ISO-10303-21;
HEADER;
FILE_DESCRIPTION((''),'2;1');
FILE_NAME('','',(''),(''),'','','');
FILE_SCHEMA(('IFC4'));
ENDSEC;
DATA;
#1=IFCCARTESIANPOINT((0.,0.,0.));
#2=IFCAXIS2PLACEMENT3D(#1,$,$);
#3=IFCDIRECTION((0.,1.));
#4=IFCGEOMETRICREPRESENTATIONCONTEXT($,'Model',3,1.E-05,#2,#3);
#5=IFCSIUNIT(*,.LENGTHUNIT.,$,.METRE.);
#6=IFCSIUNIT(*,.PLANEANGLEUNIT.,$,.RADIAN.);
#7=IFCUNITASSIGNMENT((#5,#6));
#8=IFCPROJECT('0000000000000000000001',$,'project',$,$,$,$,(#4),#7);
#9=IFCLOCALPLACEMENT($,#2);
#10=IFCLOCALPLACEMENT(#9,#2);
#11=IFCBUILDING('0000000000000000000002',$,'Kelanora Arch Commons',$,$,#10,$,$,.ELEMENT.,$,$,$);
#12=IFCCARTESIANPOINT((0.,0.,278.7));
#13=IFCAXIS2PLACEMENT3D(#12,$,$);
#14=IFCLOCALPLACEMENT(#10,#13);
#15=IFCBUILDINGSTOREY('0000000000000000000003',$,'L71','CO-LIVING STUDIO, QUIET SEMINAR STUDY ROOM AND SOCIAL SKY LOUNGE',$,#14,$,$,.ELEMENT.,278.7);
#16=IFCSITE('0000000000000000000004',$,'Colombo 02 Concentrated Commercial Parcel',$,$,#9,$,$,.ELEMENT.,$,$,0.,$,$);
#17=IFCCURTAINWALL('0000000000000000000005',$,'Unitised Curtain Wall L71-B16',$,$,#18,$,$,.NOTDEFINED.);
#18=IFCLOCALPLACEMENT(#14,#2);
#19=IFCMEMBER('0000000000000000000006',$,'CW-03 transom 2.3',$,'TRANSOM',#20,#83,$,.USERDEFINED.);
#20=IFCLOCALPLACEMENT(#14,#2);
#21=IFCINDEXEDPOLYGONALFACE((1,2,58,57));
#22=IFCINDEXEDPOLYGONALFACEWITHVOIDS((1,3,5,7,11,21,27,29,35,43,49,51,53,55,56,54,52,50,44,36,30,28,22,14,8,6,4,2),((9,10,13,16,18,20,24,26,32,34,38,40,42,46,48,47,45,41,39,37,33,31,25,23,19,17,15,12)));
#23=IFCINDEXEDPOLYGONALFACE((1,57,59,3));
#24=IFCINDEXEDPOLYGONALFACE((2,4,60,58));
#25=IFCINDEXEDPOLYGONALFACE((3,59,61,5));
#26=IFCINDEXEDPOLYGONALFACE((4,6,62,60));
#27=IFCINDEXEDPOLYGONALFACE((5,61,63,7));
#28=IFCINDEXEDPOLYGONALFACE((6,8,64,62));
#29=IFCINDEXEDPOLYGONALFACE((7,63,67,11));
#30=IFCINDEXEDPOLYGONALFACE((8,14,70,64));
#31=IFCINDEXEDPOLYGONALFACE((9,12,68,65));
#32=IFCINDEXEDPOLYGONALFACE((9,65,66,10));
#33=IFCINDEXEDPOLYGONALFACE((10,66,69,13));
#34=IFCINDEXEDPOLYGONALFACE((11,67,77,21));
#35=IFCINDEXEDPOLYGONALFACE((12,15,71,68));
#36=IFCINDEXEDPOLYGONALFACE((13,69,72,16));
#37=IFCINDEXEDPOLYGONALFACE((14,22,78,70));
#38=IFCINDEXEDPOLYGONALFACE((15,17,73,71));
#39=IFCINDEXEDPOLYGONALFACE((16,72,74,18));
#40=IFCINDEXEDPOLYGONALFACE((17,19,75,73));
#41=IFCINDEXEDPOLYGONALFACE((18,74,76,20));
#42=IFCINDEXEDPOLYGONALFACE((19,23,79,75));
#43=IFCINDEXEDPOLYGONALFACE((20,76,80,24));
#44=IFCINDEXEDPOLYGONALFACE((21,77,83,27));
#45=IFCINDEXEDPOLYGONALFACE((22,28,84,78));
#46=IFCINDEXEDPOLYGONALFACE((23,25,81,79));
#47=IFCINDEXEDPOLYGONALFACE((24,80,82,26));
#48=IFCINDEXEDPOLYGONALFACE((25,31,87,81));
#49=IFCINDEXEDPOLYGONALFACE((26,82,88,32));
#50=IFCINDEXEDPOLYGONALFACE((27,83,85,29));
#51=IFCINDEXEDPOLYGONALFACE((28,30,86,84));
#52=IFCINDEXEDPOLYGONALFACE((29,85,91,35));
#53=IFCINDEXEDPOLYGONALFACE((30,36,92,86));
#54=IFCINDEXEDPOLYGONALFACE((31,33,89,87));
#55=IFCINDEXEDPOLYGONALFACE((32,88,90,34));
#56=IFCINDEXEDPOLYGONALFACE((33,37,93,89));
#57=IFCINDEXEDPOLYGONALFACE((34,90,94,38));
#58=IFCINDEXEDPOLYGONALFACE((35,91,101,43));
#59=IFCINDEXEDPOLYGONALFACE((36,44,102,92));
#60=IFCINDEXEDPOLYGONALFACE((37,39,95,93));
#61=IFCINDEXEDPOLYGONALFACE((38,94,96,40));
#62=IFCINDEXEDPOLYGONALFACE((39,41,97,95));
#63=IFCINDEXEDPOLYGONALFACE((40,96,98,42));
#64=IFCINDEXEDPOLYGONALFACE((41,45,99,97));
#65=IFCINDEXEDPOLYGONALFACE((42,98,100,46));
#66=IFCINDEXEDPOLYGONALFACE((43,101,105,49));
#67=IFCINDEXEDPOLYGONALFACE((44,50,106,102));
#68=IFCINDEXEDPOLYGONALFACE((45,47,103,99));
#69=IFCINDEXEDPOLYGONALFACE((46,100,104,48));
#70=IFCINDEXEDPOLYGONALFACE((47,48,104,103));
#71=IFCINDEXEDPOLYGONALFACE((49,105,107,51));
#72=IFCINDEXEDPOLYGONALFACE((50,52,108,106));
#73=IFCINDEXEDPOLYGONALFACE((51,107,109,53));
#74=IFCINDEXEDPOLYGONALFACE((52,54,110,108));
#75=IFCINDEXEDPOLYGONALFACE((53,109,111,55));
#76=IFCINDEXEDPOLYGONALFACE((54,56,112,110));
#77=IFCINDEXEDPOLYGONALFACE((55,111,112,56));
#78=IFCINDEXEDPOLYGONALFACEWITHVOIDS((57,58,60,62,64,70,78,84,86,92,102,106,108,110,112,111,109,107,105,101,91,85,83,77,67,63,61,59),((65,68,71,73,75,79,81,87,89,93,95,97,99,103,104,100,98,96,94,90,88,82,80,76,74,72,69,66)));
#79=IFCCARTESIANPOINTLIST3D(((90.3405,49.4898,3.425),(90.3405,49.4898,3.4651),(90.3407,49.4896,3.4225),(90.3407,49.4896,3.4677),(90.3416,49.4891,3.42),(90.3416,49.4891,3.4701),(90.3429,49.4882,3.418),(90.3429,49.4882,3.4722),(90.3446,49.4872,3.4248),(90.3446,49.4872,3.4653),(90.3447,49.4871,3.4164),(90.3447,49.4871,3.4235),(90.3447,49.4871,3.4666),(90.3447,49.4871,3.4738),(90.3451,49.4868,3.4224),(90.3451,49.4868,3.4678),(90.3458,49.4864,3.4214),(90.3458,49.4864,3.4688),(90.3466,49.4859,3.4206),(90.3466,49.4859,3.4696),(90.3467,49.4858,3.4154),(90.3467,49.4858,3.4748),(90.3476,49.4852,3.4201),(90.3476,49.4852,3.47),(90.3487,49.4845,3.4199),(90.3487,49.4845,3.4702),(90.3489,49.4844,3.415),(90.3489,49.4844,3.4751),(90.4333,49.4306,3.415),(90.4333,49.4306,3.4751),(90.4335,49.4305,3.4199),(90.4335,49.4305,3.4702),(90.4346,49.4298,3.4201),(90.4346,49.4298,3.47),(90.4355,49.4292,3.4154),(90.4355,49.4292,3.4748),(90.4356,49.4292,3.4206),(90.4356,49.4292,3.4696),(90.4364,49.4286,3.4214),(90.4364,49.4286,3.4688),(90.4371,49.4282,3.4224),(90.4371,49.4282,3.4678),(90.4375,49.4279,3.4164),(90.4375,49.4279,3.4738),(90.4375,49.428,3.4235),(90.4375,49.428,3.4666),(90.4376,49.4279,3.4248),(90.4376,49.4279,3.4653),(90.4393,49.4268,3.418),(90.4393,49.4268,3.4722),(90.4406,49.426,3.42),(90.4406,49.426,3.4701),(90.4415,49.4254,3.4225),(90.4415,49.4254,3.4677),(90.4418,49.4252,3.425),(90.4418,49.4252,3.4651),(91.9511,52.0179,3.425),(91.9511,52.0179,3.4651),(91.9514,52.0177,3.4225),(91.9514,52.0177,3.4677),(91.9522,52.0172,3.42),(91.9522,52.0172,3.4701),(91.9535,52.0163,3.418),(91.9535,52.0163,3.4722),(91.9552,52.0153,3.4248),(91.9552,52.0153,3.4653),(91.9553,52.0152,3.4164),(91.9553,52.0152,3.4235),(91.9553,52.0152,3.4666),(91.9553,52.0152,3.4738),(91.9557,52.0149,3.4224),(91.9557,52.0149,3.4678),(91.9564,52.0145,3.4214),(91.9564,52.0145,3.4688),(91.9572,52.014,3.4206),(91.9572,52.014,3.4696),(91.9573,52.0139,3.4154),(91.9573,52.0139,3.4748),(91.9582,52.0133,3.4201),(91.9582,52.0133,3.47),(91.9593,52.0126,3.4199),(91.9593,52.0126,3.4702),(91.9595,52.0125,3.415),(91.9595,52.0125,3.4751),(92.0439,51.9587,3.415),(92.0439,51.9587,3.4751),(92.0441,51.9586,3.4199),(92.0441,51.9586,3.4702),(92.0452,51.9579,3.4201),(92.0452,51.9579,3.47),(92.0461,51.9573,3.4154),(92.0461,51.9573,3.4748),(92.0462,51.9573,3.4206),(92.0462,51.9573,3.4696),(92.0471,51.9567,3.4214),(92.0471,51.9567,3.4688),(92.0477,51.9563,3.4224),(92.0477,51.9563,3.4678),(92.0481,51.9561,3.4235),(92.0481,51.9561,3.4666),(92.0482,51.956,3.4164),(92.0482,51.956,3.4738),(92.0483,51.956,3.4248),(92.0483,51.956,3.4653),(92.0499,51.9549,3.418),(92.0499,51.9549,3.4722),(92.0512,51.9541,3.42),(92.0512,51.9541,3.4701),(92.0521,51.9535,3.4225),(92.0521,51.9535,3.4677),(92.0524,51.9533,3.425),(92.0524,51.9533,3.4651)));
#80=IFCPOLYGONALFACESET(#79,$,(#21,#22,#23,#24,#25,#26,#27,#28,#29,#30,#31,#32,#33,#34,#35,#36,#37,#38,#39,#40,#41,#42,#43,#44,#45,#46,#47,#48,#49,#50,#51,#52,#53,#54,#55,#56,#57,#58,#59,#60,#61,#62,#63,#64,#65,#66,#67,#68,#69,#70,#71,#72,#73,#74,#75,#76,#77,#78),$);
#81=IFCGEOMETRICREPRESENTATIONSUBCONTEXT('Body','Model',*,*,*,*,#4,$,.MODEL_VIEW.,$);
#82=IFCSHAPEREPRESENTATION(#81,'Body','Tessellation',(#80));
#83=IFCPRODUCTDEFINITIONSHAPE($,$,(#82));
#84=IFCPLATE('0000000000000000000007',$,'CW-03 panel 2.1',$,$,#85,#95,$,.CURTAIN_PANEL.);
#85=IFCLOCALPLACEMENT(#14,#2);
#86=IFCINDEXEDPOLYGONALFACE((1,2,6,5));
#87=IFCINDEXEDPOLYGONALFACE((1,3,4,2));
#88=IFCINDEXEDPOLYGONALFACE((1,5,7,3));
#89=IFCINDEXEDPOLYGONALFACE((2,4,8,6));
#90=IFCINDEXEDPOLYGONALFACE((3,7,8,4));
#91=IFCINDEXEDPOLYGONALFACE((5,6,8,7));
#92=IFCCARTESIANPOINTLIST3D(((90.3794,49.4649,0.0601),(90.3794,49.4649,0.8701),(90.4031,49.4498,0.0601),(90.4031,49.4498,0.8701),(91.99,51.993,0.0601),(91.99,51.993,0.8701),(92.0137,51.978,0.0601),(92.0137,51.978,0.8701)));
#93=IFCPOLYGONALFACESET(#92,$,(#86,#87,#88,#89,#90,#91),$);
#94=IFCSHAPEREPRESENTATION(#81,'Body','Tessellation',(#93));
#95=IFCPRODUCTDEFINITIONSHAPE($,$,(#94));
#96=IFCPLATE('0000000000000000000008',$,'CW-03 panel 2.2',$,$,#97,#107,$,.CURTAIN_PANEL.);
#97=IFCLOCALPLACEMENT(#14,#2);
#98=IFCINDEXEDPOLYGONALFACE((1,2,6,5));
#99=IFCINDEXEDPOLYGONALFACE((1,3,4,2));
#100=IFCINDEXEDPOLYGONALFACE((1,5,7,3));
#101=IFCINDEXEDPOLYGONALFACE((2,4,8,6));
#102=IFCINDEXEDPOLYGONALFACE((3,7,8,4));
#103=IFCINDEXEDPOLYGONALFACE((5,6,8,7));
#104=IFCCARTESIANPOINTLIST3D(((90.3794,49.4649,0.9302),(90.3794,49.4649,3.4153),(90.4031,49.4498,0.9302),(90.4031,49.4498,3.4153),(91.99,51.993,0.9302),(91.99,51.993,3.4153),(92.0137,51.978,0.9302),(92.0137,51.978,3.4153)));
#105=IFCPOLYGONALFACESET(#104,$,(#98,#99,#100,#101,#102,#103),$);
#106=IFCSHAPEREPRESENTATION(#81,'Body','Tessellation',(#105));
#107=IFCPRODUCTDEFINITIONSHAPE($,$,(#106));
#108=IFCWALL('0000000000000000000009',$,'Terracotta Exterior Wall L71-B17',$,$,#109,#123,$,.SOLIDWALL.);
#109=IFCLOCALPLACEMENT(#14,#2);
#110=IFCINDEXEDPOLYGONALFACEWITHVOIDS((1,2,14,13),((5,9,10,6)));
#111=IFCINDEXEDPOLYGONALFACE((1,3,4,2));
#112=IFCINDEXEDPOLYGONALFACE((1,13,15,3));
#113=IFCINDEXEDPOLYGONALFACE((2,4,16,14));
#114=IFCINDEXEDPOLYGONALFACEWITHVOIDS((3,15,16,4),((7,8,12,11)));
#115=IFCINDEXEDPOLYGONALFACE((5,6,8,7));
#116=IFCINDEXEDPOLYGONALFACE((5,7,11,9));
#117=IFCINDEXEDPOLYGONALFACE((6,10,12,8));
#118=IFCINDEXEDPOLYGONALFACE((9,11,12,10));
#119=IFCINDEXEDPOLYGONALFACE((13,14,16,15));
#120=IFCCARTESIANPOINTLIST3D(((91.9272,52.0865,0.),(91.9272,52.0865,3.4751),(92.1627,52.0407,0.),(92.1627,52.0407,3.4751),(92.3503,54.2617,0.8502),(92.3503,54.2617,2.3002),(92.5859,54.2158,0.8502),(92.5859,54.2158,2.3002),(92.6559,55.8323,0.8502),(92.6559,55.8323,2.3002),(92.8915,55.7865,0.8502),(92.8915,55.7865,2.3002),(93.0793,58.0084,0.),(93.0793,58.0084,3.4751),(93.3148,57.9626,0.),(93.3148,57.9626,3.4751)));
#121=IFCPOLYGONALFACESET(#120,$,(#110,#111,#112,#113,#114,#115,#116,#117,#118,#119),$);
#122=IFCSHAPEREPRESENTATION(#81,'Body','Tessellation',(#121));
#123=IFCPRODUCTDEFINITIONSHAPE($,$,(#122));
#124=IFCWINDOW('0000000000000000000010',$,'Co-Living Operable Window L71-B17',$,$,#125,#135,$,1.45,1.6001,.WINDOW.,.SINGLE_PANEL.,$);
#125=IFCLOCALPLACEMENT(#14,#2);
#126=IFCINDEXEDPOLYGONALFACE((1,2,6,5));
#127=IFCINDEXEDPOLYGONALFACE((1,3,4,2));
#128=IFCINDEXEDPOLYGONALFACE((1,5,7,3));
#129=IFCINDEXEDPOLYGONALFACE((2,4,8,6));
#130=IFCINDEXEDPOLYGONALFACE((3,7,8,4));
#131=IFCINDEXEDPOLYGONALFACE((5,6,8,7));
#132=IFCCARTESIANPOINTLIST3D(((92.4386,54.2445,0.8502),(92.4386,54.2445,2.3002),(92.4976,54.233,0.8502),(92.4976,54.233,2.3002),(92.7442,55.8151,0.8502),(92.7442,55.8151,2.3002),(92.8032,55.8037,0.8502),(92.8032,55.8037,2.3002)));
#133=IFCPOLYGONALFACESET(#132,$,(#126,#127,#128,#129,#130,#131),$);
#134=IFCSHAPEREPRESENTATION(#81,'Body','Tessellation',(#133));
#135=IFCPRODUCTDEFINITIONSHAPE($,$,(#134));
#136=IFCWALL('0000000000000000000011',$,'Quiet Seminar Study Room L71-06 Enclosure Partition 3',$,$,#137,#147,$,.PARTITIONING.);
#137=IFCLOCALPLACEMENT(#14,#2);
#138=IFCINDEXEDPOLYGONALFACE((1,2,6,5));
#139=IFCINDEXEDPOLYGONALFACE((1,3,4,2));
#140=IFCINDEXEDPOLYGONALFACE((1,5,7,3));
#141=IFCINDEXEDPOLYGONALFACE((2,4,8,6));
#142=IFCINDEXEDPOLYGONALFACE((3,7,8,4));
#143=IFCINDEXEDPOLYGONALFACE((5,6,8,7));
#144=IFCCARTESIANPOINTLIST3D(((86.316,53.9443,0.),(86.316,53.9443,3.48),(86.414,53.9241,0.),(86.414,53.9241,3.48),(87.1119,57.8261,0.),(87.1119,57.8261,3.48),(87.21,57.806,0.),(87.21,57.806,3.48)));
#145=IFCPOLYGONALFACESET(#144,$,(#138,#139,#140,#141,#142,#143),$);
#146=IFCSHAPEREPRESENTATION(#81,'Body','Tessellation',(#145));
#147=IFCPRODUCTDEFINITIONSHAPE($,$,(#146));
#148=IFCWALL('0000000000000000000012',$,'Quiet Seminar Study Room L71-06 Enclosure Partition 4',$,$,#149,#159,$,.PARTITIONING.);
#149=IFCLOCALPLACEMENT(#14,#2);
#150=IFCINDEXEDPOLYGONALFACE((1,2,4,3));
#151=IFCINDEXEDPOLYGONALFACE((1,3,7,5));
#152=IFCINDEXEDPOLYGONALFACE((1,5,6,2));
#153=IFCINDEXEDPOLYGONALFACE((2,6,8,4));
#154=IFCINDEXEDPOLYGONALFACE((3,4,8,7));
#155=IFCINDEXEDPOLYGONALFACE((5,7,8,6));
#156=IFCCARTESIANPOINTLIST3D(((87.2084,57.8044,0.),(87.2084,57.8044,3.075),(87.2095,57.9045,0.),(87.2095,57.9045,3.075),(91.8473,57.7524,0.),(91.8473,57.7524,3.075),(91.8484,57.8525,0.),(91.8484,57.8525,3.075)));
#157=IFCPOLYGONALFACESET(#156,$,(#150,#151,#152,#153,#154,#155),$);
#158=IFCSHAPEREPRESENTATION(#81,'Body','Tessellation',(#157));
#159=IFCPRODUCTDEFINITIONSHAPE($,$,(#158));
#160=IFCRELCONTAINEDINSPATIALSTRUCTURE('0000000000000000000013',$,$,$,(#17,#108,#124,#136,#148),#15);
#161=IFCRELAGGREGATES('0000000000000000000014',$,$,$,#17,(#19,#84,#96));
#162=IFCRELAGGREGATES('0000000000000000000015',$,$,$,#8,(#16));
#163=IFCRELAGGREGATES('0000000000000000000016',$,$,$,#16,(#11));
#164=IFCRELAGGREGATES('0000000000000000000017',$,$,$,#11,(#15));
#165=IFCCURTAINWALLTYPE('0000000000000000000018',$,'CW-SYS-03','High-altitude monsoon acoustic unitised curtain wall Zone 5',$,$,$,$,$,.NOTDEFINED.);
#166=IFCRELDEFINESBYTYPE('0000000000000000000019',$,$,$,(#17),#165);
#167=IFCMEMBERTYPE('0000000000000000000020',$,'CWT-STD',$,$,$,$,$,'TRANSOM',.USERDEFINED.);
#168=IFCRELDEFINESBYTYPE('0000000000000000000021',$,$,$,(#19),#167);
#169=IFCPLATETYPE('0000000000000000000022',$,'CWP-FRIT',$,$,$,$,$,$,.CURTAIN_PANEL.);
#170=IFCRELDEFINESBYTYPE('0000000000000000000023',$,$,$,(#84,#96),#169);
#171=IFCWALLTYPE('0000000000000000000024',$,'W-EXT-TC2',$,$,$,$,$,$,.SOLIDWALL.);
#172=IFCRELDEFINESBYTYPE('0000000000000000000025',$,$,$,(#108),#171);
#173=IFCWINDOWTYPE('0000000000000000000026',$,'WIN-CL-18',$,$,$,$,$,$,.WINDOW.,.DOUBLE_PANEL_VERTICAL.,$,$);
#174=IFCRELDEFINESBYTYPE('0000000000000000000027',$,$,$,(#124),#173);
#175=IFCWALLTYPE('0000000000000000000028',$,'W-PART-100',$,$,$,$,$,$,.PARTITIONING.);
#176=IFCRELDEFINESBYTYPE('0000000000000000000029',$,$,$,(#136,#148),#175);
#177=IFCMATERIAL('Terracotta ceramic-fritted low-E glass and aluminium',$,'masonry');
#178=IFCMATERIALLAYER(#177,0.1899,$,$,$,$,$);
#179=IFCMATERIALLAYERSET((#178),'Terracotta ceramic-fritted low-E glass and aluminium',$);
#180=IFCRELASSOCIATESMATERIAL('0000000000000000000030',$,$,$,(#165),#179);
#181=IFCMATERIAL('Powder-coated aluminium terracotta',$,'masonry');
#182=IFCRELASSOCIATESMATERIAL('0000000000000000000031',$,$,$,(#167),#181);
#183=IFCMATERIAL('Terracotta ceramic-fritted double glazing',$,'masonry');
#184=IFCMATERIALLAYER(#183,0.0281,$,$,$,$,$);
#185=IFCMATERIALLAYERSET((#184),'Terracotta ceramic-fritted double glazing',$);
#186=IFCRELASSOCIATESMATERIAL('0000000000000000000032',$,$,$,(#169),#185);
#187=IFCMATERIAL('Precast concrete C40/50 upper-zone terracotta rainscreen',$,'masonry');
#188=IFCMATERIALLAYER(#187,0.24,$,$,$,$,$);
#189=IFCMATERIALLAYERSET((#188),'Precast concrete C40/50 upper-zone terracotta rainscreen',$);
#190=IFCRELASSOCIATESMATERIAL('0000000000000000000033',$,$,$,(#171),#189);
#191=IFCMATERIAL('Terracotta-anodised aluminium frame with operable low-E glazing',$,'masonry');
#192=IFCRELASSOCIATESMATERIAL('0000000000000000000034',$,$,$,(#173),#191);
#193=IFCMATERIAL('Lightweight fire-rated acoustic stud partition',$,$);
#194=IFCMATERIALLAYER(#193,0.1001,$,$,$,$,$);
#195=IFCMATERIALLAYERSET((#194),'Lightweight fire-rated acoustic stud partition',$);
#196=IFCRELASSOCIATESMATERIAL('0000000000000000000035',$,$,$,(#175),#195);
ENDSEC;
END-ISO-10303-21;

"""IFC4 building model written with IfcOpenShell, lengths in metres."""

from ifc_helpers import new_model, si_unit, direction, frame, frame_2d, origin, origin_2d, place, context, subcontext, project, spatial, rectangle, hollow_rectangle, extrude, source, transform, mapped, material, layer, layer_set, material_profile, profile_set, type_object, element, fill, aggregate, save


model = new_model("IFC4")

# Units and contexts
model_context = context("Model", 3, precision=1e-05, world=origin(), true_north=direction((0.0, 1.0)))
body_context = subcontext(model_context, "Body", "Model", "MODEL_VIEW")
ifc_project = project(units=[si_unit("LENGTHUNIT", "METRE"), si_unit("PLANEANGLEUNIT", "RADIAN")], contexts=[model_context])

# Site, building, storey
site_placement = place(None, origin())
site = spatial("IfcSite", under=ifc_project, at=site_placement, Name="Colombo 02 Concentrated Commercial Parcel", CompositionType="ELEMENT", RefElevation=0.0)
building_placement = place(site_placement, origin())
building = spatial("IfcBuilding", under=site, at=building_placement, Name="Kelanora Arch Commons", CompositionType="ELEMENT")
storey_placement = place(building_placement, frame((0.0, 0.0, 278.7)))
storey = spatial("IfcBuildingStorey", under=building, at=storey_placement, Name="L71", Description="CO-LIVING STUDIO, QUIET SEMINAR STUDY ROOM AND SOCIAL SKY LOUNGE", CompositionType="ELEMENT", Elevation=278.7)

# Curtain wall
ifc_material_1 = material(Name="Terracotta ceramic-fritted low-E glass and aluminium", Category="masonry")
ifc_layer_1 = layer(ifc_material_1, 0.1899)
ifc_layer_set_1 = layer_set([ifc_layer_1], Name="Terracotta ceramic-fritted low-E glass and aluminium")
curtain_wall_type = type_object("IfcCurtainWallType", Name="CW-SYS-03", Description="High-altitude monsoon acoustic unitised curtain wall Zone 5", PredefinedType="NOTDEFINED", material=ifc_layer_set_1)
ifc_material_2 = material(Name="Powder-coated aluminium terracotta", Category="masonry")
curtain_wall_1_placement = place(storey_placement, origin())
curtain_wall_1 = element("IfcCurtainWall", 1, at=curtain_wall_1_placement, inside=storey, type_object=curtain_wall_type, Name="Unitised Curtain Wall L71-B16", PredefinedType="NOTDEFINED")

# Member
ifc_material_profile_1 = material_profile(ifc_material_2, hollow_rectangle(XDim=0.1201, YDim=0.0601, WallThickness=0.0049, InnerFilletRadius=0.0049, OuterFilletRadius=0.01, at=origin_2d()), Name="CWT120x60")
ifc_profile_set_1 = profile_set([ifc_material_profile_1], Name="Powder-coated aluminium terracotta")
member_type_1 = type_object("IfcMemberType", Name="CWT-STD", ElementType="TRANSOM", PredefinedType="USERDEFINED", material=ifc_profile_set_1)
member_1_placement = place(storey_placement, frame((90.3911, 49.4575, 3.4451), z_axis=(0.537308, 0.843386, 0.0), x_axis=(-0.843386, 0.537308, 0.0)))
member_1 = element("IfcMember", 2, at=member_1_placement, type_object=member_type_1, Name="CW-03 transom 2.3", ObjectType="TRANSOM", PredefinedType="USERDEFINED", context=body_context, shape_type="SweptSolid", body=[
    extrude(hollow_rectangle(XDim=0.1201, YDim=0.0601, WallThickness=0.0049, InnerFilletRadius=0.0049, OuterFilletRadius=0.01, at=origin_2d()), origin(), (0.0, 0.0, 1.0), 2.9976),
])

# Plates
ifc_material_3 = material(Name="Terracotta ceramic-fritted double glazing", Category="masonry")
ifc_layer_2 = layer(ifc_material_3, 0.0281)
ifc_layer_set_2 = layer_set([ifc_layer_2], Name="Terracotta ceramic-fritted double glazing")
plate_type = type_object("IfcPlateType", Name="CWP-FRIT", PredefinedType="CURTAIN_PANEL", material=ifc_layer_set_2)
shared_shape_1 = source(origin(), body_context, "Body", "SweptSolid", [
    extrude(rectangle(XDim=2.9976, YDim=0.0281, at=origin_2d()), origin(), (0.0, 0.0, 1.0), 0.8101),
])
plate_1_placement = place(storey_placement, frame((91.1965, 50.7214, 0.0601), z_axis=(0.0, 0.0, 1.0), x_axis=(0.5373, 0.843391, 0.0)))
plate_1 = element("IfcPlate", 3, at=plate_1_placement, type_object=plate_type, Name="CW-03 panel 2.1", PredefinedType="CURTAIN_PANEL", context=body_context, shape_type="MappedRepresentation", body=[
    mapped(shared_shape_1, transform((0.0, 0.0, 0.0), scale=1.0)),
])
shared_shape_2 = source(origin(), body_context, "Body", "SweptSolid", [
    extrude(rectangle(XDim=2.9976, YDim=0.0281, at=origin_2d()), origin(), (0.0, 0.0, 1.0), 2.4851),
])
plate_2_placement = place(storey_placement, frame((91.1965, 50.7214, 0.9302), z_axis=(0.0, 0.0, 1.0), x_axis=(0.5373, 0.843391, 0.0)))
plate_2 = element("IfcPlate", 4, at=plate_2_placement, type_object=plate_type, Name="CW-03 panel 2.2", PredefinedType="CURTAIN_PANEL", context=body_context, shape_type="MappedRepresentation", body=[
    mapped(shared_shape_2, transform((0.0, 0.0, 0.0), scale=1.0)),
])
aggregate(curtain_wall_1, [member_1, plate_1, plate_2])

# Wall, opening, window
ifc_material_4 = material(Name="Precast concrete C40/50 upper-zone terracotta rainscreen", Category="masonry")
ifc_layer_3 = layer(ifc_material_4, 0.24)
ifc_layer_set_3 = layer_set([ifc_layer_3], Name="Precast concrete C40/50 upper-zone terracotta rainscreen")
wall_type_1 = type_object("IfcWallType", Name="W-EXT-TC2", PredefinedType="SOLIDWALL", material=ifc_layer_set_3)
wall_1_placement = place(storey_placement, frame((92.0449, 52.0635, 0.0), z_axis=(0.0, 0.0, 1.0), x_axis=(0.190969, 0.981596, 0.0)))
wall_1 = element("IfcWall", 5, at=wall_1_placement, inside=storey, type_object=wall_type_1, Name="Terracotta Exterior Wall L71-B17", PredefinedType="SOLIDWALL", context=body_context, shape_type="SweptSolid", body=[
    extrude(rectangle(XDim=6.033, YDim=0.24, at=frame_2d((3.0166, 0.0))), origin(), (0.0, 0.0, 1.0), 3.4751),
])
opening_1_placement = place(wall_1_placement, frame((2.2161, 0.0, 0.8501)))
opening_1 = element("IfcOpeningElement", 6, at=opening_1_placement, cuts=wall_1, PredefinedType="OPENING", context=body_context, shape_type="SweptSolid", body=[
    extrude(rectangle(XDim=1.6001, YDim=1.45, at=frame_2d((0.8, 0.7251))), frame((0.0, 0.1299, 0.0), z_axis=(0.0, -1.0, 0.0), x_axis=(1.0, 0.0, 0.0)), (0.0, 0.0, 1.0), 0.26),
])
ifc_material_5 = material(Name="Terracotta-anodised aluminium frame with operable low-E glazing", Category="masonry")
window_type = type_object("IfcWindowType", Name="WIN-CL-18", PartitioningType="DOUBLE_PANEL_VERTICAL", PredefinedType="WINDOW", material=ifc_material_5)
window_placement = place(opening_1_placement, origin())
window = element("IfcWindow", 7, at=window_placement, inside=storey, type_object=window_type, Name="Co-Living Operable Window L71-B17", OverallHeight=1.45, OverallWidth=1.6001, PartitioningType="SINGLE_PANEL", PredefinedType="WINDOW", context=body_context, shape_type="SweptSolid", body=[
    extrude(rectangle(XDim=1.6001, YDim=1.45, at=frame_2d((0.8, 0.7251))), frame((0.0, 0.03, 0.0), z_axis=(0.0, -1.0, 0.0), x_axis=(1.0, 0.0, 0.0)), (0.0, 0.0, 1.0), 0.0601),
])
fill(opening_1, window)

# Walls
ifc_material_6 = material(Name="Lightweight fire-rated acoustic stud partition")
ifc_layer_4 = layer(ifc_material_6, 0.1001)
ifc_layer_set_4 = layer_set([ifc_layer_4], Name="Lightweight fire-rated acoustic stud partition")
wall_type_2 = type_object("IfcWallType", Name="W-PART-100", PredefinedType="PARTITIONING", material=ifc_layer_set_4)
wall_2_placement = place(storey_placement, frame((86.365, 53.9341, 0.0), z_axis=(0.0, 0.0, 1.0), x_axis=(0.200853, 0.979621, 0.0)))
element("IfcWall", 8, at=wall_2_placement, inside=storey, type_object=wall_type_2, Name="Quiet Seminar Study Room L71-06 Enclosure Partition 3", PredefinedType="PARTITIONING", context=body_context, shape_type="SweptSolid", body=[
    extrude(rectangle(XDim=3.9626, YDim=0.1001, at=frame_2d((1.9814, 0.0))), origin(), (0.0, 0.0, 1.0), 3.48),
])
wall_3_placement = place(storey_placement, frame((87.209, 57.8545, 0.0), z_axis=(0.0, 0.0, 1.0), x_axis=(0.999937, -0.011209, 0.0)))
element("IfcWall", 9, at=wall_3_placement, inside=storey, type_object=wall_type_2, Name="Quiet Seminar Study Room L71-06 Enclosure Partition 4", PredefinedType="PARTITIONING", context=body_context, shape_type="SweptSolid", body=[
    extrude(rectangle(XDim=4.6392, YDim=0.1001, at=frame_2d((2.3196, 0.0))), origin(), (0.0, 0.0, 1.0), 3.075),
])

save(model, "model.ifc")
